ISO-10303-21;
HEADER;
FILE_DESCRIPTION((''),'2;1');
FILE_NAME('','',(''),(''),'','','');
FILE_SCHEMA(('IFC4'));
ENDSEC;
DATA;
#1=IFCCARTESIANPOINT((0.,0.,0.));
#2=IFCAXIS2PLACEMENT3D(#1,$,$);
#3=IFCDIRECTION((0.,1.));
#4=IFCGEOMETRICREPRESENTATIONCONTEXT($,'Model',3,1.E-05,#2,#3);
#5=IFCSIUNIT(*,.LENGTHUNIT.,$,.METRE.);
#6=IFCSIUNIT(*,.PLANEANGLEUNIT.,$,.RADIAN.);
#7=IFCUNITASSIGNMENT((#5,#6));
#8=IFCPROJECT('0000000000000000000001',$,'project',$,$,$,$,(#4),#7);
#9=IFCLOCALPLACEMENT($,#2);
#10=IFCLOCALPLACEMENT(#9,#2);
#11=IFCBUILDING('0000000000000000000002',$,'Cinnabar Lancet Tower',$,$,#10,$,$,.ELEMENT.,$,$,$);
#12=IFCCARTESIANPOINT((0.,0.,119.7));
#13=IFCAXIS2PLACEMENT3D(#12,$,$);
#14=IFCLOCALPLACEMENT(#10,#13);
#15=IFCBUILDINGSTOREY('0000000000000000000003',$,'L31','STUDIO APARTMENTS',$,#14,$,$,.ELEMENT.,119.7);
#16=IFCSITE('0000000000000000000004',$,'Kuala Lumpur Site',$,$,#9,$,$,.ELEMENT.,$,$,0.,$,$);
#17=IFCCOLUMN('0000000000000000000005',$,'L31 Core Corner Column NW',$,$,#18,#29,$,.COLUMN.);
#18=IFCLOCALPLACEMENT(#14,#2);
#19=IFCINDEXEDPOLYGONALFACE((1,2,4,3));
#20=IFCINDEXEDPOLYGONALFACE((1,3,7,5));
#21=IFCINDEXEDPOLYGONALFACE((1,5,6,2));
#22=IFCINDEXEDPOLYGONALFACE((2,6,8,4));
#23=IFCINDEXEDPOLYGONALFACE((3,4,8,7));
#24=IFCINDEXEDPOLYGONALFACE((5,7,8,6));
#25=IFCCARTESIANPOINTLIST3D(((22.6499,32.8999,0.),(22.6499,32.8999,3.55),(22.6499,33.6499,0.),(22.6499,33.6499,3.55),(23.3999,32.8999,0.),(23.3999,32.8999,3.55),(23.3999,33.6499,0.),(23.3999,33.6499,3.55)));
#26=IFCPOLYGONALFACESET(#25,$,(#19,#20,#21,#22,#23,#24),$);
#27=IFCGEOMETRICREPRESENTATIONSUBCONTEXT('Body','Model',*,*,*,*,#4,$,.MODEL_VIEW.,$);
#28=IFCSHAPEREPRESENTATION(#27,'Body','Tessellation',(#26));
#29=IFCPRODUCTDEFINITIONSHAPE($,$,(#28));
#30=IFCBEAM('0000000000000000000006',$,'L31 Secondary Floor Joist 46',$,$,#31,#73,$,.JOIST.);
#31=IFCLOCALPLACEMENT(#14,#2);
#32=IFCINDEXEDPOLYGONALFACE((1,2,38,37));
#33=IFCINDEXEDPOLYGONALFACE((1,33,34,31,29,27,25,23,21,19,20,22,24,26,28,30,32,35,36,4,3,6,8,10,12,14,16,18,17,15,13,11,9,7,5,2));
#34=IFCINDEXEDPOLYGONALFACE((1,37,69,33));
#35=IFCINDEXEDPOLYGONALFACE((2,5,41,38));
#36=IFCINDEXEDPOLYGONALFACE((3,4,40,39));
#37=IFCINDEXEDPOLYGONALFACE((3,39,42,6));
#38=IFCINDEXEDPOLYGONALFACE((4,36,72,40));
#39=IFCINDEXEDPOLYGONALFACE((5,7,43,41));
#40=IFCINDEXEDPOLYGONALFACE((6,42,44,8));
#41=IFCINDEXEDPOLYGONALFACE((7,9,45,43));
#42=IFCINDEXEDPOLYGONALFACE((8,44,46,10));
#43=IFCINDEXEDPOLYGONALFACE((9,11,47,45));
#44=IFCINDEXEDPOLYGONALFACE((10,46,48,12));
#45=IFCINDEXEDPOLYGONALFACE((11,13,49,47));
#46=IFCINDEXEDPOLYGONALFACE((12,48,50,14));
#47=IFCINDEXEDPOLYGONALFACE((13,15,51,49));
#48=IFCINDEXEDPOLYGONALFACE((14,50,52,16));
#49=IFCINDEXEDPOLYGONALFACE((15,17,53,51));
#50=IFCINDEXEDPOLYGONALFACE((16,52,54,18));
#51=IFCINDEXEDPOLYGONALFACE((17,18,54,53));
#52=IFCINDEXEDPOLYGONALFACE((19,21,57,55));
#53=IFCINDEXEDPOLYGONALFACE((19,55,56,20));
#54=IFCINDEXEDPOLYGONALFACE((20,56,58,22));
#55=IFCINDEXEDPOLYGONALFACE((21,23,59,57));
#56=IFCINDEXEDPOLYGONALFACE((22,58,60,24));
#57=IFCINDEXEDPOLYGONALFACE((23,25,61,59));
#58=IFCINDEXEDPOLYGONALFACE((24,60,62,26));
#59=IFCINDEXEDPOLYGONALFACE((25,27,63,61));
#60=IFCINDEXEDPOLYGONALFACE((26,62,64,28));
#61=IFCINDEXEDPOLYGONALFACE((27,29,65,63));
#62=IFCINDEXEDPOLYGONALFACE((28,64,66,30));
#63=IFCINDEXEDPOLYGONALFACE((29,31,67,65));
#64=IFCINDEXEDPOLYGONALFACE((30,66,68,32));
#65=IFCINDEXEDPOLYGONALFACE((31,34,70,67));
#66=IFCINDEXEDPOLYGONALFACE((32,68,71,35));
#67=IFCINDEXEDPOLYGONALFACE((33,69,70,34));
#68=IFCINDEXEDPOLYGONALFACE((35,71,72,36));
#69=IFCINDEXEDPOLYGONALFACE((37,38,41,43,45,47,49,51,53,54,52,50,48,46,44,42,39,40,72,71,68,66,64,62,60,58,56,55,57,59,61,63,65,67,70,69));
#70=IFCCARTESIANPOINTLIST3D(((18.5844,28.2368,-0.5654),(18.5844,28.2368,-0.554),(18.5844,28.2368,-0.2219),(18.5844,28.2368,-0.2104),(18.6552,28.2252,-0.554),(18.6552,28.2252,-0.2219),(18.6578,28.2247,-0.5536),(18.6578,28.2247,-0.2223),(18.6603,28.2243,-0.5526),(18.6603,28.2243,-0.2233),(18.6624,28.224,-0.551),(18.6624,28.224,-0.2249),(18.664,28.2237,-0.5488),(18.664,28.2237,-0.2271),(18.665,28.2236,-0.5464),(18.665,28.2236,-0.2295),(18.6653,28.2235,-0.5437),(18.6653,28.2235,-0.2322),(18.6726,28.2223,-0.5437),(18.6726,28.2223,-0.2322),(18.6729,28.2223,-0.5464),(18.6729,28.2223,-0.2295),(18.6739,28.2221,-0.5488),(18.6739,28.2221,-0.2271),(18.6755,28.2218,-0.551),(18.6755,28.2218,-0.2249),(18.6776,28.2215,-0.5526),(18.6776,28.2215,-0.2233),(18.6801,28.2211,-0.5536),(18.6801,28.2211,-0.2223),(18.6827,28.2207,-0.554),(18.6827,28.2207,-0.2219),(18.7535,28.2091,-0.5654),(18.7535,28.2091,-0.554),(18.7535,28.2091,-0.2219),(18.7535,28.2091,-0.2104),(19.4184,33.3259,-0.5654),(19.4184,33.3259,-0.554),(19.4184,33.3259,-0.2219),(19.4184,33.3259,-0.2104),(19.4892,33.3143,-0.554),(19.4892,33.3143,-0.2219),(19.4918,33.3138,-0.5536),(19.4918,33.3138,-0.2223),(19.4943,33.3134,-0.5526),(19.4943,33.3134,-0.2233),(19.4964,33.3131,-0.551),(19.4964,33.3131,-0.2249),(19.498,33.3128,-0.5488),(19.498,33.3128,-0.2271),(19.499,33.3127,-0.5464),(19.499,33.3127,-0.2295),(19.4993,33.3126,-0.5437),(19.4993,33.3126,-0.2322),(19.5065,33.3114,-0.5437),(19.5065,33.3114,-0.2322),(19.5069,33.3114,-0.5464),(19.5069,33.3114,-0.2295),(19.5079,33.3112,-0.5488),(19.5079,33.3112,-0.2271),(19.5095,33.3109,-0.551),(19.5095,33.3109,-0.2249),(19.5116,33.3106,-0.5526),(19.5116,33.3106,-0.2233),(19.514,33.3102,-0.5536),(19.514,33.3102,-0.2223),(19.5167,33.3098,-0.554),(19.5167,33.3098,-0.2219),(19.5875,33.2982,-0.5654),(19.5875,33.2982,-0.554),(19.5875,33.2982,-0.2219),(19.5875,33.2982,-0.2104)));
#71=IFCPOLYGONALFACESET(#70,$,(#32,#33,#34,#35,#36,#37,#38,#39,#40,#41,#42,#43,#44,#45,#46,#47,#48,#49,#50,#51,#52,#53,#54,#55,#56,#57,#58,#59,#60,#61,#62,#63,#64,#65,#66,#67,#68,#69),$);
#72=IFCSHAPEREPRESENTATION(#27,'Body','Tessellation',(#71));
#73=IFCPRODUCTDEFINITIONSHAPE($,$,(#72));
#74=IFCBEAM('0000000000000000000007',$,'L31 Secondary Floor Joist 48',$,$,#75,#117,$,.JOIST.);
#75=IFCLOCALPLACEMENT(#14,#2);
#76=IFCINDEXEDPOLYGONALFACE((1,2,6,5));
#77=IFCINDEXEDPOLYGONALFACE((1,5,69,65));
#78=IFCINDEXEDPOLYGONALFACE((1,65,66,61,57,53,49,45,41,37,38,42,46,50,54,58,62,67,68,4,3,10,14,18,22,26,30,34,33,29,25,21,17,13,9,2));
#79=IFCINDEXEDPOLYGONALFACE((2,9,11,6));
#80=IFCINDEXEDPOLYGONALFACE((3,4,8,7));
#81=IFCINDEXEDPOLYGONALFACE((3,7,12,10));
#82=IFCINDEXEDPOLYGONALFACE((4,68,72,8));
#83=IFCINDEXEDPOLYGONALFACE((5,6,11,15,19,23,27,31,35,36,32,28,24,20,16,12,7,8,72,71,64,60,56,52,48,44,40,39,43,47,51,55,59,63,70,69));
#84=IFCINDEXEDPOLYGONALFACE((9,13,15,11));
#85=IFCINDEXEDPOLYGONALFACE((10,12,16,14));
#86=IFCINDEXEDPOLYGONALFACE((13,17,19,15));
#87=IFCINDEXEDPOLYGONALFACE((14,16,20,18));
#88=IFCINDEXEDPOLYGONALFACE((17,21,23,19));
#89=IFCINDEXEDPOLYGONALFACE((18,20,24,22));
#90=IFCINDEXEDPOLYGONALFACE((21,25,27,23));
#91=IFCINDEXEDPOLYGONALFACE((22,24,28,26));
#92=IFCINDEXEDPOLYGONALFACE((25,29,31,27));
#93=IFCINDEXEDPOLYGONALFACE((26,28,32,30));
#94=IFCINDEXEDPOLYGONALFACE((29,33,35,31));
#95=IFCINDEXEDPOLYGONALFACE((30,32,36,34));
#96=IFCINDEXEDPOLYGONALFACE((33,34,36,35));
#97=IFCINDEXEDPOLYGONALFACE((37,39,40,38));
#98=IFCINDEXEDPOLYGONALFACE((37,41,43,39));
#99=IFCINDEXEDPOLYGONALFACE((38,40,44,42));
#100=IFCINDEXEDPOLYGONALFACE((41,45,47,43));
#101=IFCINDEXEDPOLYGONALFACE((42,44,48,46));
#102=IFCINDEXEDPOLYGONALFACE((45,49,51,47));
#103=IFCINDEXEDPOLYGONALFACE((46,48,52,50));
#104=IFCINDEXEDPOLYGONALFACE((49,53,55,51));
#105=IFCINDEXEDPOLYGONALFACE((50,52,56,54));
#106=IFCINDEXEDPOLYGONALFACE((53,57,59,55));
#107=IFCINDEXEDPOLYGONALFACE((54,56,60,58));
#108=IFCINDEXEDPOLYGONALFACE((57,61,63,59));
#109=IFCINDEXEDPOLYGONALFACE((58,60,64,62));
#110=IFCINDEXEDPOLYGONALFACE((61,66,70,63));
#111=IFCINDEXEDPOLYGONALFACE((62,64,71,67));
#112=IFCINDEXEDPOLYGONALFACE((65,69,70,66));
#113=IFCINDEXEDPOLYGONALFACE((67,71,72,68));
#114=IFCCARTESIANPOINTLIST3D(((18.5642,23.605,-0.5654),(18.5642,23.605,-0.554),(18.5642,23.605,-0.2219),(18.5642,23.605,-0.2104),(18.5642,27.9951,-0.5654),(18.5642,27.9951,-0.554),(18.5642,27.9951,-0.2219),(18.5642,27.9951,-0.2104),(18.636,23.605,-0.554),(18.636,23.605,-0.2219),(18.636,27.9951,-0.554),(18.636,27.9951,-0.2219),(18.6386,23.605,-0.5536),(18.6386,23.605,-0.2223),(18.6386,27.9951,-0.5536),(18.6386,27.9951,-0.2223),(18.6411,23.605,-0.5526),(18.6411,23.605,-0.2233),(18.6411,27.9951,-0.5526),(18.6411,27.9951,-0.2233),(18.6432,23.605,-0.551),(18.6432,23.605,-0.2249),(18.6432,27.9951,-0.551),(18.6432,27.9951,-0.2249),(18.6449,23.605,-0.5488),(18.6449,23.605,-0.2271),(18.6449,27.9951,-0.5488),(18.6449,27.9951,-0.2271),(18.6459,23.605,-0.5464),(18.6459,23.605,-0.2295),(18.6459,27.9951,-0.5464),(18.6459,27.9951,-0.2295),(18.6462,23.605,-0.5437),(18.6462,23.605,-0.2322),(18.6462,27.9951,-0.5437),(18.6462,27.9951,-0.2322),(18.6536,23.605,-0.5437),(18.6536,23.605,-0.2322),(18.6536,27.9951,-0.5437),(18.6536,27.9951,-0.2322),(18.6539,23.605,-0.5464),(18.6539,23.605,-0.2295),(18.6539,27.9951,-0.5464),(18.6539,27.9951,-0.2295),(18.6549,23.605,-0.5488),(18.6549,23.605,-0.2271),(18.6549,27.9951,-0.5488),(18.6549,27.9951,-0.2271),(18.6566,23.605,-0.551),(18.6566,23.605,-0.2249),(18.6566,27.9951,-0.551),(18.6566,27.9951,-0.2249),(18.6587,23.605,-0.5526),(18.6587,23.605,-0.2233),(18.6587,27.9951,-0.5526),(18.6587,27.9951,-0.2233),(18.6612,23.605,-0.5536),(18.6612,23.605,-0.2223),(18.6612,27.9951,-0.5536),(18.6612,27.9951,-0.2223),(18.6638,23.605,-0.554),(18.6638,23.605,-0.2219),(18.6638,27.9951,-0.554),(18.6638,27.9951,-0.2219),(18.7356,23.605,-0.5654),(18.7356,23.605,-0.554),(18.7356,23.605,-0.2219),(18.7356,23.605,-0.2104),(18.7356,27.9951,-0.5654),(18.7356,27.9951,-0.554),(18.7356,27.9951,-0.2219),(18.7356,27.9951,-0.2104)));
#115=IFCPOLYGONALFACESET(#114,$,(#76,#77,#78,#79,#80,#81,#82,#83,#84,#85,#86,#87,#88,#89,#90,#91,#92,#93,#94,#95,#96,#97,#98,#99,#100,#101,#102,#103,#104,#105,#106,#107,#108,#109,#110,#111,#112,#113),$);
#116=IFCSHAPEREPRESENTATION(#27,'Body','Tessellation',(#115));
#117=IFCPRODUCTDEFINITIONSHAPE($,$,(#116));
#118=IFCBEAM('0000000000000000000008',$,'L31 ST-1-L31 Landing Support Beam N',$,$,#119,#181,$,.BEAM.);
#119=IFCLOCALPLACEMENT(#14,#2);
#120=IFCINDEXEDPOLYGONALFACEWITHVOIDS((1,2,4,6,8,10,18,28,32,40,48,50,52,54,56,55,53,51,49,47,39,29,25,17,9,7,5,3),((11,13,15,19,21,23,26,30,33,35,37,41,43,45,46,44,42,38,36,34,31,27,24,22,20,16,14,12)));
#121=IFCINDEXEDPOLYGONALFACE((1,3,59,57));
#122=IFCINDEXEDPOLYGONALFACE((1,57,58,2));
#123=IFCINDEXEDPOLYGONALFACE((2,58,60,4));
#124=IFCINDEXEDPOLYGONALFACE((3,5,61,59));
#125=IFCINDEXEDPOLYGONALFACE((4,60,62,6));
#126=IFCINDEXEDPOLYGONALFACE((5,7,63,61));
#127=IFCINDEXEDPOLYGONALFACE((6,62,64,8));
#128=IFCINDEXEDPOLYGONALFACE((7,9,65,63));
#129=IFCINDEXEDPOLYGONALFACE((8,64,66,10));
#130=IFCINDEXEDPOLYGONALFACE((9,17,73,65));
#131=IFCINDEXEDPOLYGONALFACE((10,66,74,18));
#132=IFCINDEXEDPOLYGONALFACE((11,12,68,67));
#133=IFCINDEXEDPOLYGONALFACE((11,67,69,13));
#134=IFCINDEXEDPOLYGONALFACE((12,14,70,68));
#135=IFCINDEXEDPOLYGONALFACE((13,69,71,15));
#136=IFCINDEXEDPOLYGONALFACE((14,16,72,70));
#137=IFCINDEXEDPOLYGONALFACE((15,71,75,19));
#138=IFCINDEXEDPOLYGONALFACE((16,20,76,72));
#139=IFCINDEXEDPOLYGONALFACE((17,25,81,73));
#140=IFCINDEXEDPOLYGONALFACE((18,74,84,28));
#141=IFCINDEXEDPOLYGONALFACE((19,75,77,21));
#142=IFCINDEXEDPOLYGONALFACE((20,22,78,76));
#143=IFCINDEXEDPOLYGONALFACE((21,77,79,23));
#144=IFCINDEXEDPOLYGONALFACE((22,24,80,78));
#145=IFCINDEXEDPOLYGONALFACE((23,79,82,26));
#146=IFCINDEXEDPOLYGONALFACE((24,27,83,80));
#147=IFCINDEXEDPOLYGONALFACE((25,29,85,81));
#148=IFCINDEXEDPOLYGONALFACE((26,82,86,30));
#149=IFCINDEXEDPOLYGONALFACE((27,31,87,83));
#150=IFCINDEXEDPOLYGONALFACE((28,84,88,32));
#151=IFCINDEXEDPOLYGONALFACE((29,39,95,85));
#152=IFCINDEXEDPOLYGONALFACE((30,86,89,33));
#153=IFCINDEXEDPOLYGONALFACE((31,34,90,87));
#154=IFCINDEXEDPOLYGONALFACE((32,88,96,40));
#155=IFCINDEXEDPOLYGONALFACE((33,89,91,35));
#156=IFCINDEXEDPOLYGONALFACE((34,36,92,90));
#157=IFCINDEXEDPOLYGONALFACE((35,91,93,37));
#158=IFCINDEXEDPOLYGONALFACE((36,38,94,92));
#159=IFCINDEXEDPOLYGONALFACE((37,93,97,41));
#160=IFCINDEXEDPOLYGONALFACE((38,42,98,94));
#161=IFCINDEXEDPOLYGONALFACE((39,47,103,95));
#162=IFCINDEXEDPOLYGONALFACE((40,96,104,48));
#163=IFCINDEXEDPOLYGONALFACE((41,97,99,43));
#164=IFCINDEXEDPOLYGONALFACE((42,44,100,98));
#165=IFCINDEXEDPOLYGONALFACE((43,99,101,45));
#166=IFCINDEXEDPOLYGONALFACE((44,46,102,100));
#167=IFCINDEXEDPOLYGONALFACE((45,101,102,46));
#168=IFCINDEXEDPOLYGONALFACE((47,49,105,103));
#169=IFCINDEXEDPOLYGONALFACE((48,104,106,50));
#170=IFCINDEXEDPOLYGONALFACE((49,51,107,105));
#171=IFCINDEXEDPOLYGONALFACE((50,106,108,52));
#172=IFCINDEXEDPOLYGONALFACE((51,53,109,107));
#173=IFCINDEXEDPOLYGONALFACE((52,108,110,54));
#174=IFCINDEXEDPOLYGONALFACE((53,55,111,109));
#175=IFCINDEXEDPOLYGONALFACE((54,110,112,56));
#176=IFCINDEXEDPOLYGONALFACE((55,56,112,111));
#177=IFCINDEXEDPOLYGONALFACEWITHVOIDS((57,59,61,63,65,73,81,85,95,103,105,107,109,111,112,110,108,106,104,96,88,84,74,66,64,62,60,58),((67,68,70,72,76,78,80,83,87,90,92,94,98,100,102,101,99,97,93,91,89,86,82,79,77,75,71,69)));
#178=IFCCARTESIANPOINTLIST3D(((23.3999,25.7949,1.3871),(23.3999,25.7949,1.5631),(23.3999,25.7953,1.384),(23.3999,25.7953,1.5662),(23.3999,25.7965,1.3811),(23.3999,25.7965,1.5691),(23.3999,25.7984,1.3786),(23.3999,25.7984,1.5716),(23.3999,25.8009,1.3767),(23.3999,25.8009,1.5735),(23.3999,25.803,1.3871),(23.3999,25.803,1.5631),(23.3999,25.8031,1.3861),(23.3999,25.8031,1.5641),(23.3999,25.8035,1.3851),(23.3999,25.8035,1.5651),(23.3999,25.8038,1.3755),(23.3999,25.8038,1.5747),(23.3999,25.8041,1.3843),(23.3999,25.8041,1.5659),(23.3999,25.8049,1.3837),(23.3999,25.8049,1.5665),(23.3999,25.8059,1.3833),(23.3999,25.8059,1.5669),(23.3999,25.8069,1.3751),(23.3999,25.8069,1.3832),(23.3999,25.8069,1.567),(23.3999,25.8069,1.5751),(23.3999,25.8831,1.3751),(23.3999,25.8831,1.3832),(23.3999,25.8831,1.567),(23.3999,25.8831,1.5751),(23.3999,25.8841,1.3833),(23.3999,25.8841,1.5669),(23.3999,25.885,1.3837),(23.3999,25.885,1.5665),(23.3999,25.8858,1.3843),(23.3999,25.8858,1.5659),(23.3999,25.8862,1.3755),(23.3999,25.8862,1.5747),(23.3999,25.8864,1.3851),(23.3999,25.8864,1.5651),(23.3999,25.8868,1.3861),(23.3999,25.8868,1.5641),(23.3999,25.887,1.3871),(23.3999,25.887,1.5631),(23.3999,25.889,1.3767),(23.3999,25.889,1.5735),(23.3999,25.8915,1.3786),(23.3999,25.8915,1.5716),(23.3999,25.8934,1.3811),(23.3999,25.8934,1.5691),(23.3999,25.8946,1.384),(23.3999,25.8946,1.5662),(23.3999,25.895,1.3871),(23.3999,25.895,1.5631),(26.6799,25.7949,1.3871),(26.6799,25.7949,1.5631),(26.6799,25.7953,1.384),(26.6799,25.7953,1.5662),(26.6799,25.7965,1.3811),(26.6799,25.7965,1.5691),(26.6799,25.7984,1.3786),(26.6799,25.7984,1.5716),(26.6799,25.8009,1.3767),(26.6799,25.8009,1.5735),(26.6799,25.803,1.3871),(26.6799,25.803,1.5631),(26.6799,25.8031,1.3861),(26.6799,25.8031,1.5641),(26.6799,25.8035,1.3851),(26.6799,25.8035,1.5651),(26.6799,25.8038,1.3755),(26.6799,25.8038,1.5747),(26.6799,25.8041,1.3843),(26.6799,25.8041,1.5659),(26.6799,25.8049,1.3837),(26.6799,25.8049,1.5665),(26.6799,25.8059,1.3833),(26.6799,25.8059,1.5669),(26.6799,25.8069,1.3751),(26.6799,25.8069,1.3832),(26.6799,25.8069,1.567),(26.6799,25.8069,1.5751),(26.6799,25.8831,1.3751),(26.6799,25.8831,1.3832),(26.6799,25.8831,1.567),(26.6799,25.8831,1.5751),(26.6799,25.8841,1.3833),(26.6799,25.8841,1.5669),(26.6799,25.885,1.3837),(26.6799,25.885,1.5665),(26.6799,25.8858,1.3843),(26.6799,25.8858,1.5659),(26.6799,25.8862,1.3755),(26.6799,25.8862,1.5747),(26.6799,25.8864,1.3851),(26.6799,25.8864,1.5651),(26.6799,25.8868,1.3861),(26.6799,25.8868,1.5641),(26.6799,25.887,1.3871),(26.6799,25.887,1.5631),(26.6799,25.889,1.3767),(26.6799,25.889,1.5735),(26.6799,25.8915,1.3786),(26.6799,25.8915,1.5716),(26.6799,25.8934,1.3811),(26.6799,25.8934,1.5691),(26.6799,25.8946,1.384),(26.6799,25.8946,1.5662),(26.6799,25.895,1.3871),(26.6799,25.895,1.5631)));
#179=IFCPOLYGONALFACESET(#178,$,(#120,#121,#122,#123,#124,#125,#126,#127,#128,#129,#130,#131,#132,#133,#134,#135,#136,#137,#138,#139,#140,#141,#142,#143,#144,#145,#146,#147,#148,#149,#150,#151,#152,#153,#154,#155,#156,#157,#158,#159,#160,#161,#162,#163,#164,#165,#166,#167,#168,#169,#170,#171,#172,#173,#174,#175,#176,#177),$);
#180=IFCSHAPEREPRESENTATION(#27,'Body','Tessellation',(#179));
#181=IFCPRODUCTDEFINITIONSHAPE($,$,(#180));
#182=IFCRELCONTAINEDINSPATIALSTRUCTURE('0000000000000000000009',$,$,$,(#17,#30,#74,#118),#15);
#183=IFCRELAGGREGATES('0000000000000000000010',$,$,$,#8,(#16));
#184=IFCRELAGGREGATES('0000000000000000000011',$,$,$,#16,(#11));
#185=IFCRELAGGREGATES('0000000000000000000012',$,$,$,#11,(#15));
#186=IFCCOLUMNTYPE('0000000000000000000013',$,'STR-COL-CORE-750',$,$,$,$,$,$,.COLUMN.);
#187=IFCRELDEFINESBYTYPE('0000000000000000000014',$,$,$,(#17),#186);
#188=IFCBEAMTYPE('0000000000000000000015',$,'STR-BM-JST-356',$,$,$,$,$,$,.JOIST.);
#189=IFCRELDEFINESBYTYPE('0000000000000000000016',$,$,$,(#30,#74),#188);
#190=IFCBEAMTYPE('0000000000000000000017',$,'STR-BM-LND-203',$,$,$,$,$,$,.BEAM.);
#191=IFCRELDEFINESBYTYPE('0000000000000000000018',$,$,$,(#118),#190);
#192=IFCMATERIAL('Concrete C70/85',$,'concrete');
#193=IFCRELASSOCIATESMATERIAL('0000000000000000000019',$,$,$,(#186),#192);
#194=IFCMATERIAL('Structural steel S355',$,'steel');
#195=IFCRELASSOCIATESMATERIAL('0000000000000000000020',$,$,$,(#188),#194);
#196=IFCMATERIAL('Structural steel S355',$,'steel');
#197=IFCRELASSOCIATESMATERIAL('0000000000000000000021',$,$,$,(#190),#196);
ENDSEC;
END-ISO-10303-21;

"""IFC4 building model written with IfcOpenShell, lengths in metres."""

from ifc_helpers import new_model, si_unit, direction, frame, origin, origin_2d, place, context, subcontext, project, spatial, rectangle, hollow_rectangle, i_section, extrude, material, material_profile, profile_set, type_object, element, save


model = new_model("IFC4")

# Units and contexts
model_context = context("Model", 3, precision=1e-05, world=origin(), true_north=direction((0.0, 1.0)))
body_context = subcontext(model_context, "Body", "Model", "MODEL_VIEW")
ifc_project = project(units=[si_unit("LENGTHUNIT", "METRE"), si_unit("PLANEANGLEUNIT", "RADIAN")], contexts=[model_context])

# Site, building, storey
site_placement = place(None, origin())
site = spatial("IfcSite", under=ifc_project, at=site_placement, Name="Kuala Lumpur Site", CompositionType="ELEMENT", RefElevation=0.0)
building_placement = place(site_placement, origin())
building = spatial("IfcBuilding", under=site, at=building_placement, Name="Cinnabar Lancet Tower", CompositionType="ELEMENT")
storey_placement = place(building_placement, frame((0.0, 0.0, 119.7)))
storey = spatial("IfcBuildingStorey", under=building, at=storey_placement, Name="L31", Description="STUDIO APARTMENTS", CompositionType="ELEMENT", Elevation=119.7)

# Column
ifc_material_1 = material(Name="Concrete C70/85", Category="concrete")
ifc_material_profile_1 = material_profile(ifc_material_1, rectangle(XDim=0.75, YDim=0.75, at=origin_2d()), Name="RC-COL 750x750")
ifc_profile_set_1 = profile_set([ifc_material_profile_1], Name="Concrete C70/85")
column_type = type_object("IfcColumnType", Name="STR-COL-CORE-750", PredefinedType="COLUMN", material=ifc_profile_set_1)
column_placement = place(storey_placement, frame((23.0249, 33.2749, 0.0), z_axis=(0.0, 0.0, 1.0), x_axis=(1.0, 0.0, 0.0)))
element("IfcColumn", 1, at=column_placement, inside=storey, type_object=column_type, Name="L31 Core Corner Column NW", PredefinedType="COLUMN", context=body_context, shape_type="SweptSolid", body=[
    extrude(rectangle(XDim=0.75, YDim=0.75, at=origin_2d()), origin(), (0.0, 0.0, 1.0), 3.55),
])

# Beams
ifc_material_2 = material(Name="Structural steel S355", Category="steel")
ifc_material_profile_2 = material_profile(ifc_material_2, i_section(OverallWidth=0.1714, OverallDepth=0.355, WebThickness=0.0073, FlangeThickness=0.0115, FilletRadius=0.0103, at=origin_2d()), Name="UKB 356x171x51")
ifc_profile_set_2 = profile_set([ifc_material_profile_2], Name="Structural steel S355")
beam_type_1 = type_object("IfcBeamType", Name="STR-BM-JST-356", PredefinedType="JOIST", material=ifc_profile_set_2)
beam_1_placement = place(storey_placement, frame((19.5029, 33.312, -0.3879), z_axis=(-0.161719, -0.986837, 0.0), x_axis=(0.986837, -0.161719, 0.0)))
element("IfcBeam", 2, at=beam_1_placement, inside=storey, type_object=beam_type_1, Name="L31 Secondary Floor Joist 46", PredefinedType="JOIST", context=body_context, shape_type="SweptSolid", body=[
    extrude(i_section(OverallWidth=0.1714, OverallDepth=0.355, WebThickness=0.0073, FlangeThickness=0.0115, FilletRadius=0.0103, at=origin_2d()), origin(), (0.0, 0.0, 1.0), 5.157),
])
beam_2_placement = place(storey_placement, frame((18.6499, 27.9951, -0.3879), z_axis=(0.0, -1.0, 0.0), x_axis=(1.0, 0.0, 0.0)))
element("IfcBeam", 3, at=beam_2_placement, inside=storey, type_object=beam_type_1, Name="L31 Secondary Floor Joist 48", PredefinedType="JOIST", context=body_context, shape_type="SweptSolid", body=[
    extrude(i_section(OverallWidth=0.1714, OverallDepth=0.355, WebThickness=0.0073, FlangeThickness=0.0115, FilletRadius=0.0103, at=origin_2d()), origin(), (0.0, 0.0, 1.0), 4.3901),
])
ifc_material_3 = material(Name="Structural steel S355", Category="steel")
ifc_material_profile_3 = material_profile(ifc_material_3, hollow_rectangle(XDim=0.1001, YDim=0.2, WallThickness=0.0081, InnerFilletRadius=0.0039, OuterFilletRadius=0.012, at=origin_2d()), Name="RHS 200x100x8")
ifc_profile_set_3 = profile_set([ifc_material_profile_3], Name="Structural steel S355")
beam_type_2 = type_object("IfcBeamType", Name="STR-BM-LND-203", PredefinedType="BEAM", material=ifc_profile_set_3)
beam_3_placement = place(storey_placement, frame((23.3999, 25.845, 1.4751), z_axis=(1.0, 0.0, 0.0), x_axis=(0.0, 1.0, 0.0)))
element("IfcBeam", 4, at=beam_3_placement, inside=storey, type_object=beam_type_2, Name="L31 ST-1-L31 Landing Support Beam N", PredefinedType="BEAM", context=body_context, shape_type="SweptSolid", body=[
    extrude(hollow_rectangle(XDim=0.1001, YDim=0.2, WallThickness=0.0081, InnerFilletRadius=0.0039, OuterFilletRadius=0.012, at=origin_2d()), origin(), (0.0, 0.0, 1.0), 3.28),
])

save(model, "model.ifc")
